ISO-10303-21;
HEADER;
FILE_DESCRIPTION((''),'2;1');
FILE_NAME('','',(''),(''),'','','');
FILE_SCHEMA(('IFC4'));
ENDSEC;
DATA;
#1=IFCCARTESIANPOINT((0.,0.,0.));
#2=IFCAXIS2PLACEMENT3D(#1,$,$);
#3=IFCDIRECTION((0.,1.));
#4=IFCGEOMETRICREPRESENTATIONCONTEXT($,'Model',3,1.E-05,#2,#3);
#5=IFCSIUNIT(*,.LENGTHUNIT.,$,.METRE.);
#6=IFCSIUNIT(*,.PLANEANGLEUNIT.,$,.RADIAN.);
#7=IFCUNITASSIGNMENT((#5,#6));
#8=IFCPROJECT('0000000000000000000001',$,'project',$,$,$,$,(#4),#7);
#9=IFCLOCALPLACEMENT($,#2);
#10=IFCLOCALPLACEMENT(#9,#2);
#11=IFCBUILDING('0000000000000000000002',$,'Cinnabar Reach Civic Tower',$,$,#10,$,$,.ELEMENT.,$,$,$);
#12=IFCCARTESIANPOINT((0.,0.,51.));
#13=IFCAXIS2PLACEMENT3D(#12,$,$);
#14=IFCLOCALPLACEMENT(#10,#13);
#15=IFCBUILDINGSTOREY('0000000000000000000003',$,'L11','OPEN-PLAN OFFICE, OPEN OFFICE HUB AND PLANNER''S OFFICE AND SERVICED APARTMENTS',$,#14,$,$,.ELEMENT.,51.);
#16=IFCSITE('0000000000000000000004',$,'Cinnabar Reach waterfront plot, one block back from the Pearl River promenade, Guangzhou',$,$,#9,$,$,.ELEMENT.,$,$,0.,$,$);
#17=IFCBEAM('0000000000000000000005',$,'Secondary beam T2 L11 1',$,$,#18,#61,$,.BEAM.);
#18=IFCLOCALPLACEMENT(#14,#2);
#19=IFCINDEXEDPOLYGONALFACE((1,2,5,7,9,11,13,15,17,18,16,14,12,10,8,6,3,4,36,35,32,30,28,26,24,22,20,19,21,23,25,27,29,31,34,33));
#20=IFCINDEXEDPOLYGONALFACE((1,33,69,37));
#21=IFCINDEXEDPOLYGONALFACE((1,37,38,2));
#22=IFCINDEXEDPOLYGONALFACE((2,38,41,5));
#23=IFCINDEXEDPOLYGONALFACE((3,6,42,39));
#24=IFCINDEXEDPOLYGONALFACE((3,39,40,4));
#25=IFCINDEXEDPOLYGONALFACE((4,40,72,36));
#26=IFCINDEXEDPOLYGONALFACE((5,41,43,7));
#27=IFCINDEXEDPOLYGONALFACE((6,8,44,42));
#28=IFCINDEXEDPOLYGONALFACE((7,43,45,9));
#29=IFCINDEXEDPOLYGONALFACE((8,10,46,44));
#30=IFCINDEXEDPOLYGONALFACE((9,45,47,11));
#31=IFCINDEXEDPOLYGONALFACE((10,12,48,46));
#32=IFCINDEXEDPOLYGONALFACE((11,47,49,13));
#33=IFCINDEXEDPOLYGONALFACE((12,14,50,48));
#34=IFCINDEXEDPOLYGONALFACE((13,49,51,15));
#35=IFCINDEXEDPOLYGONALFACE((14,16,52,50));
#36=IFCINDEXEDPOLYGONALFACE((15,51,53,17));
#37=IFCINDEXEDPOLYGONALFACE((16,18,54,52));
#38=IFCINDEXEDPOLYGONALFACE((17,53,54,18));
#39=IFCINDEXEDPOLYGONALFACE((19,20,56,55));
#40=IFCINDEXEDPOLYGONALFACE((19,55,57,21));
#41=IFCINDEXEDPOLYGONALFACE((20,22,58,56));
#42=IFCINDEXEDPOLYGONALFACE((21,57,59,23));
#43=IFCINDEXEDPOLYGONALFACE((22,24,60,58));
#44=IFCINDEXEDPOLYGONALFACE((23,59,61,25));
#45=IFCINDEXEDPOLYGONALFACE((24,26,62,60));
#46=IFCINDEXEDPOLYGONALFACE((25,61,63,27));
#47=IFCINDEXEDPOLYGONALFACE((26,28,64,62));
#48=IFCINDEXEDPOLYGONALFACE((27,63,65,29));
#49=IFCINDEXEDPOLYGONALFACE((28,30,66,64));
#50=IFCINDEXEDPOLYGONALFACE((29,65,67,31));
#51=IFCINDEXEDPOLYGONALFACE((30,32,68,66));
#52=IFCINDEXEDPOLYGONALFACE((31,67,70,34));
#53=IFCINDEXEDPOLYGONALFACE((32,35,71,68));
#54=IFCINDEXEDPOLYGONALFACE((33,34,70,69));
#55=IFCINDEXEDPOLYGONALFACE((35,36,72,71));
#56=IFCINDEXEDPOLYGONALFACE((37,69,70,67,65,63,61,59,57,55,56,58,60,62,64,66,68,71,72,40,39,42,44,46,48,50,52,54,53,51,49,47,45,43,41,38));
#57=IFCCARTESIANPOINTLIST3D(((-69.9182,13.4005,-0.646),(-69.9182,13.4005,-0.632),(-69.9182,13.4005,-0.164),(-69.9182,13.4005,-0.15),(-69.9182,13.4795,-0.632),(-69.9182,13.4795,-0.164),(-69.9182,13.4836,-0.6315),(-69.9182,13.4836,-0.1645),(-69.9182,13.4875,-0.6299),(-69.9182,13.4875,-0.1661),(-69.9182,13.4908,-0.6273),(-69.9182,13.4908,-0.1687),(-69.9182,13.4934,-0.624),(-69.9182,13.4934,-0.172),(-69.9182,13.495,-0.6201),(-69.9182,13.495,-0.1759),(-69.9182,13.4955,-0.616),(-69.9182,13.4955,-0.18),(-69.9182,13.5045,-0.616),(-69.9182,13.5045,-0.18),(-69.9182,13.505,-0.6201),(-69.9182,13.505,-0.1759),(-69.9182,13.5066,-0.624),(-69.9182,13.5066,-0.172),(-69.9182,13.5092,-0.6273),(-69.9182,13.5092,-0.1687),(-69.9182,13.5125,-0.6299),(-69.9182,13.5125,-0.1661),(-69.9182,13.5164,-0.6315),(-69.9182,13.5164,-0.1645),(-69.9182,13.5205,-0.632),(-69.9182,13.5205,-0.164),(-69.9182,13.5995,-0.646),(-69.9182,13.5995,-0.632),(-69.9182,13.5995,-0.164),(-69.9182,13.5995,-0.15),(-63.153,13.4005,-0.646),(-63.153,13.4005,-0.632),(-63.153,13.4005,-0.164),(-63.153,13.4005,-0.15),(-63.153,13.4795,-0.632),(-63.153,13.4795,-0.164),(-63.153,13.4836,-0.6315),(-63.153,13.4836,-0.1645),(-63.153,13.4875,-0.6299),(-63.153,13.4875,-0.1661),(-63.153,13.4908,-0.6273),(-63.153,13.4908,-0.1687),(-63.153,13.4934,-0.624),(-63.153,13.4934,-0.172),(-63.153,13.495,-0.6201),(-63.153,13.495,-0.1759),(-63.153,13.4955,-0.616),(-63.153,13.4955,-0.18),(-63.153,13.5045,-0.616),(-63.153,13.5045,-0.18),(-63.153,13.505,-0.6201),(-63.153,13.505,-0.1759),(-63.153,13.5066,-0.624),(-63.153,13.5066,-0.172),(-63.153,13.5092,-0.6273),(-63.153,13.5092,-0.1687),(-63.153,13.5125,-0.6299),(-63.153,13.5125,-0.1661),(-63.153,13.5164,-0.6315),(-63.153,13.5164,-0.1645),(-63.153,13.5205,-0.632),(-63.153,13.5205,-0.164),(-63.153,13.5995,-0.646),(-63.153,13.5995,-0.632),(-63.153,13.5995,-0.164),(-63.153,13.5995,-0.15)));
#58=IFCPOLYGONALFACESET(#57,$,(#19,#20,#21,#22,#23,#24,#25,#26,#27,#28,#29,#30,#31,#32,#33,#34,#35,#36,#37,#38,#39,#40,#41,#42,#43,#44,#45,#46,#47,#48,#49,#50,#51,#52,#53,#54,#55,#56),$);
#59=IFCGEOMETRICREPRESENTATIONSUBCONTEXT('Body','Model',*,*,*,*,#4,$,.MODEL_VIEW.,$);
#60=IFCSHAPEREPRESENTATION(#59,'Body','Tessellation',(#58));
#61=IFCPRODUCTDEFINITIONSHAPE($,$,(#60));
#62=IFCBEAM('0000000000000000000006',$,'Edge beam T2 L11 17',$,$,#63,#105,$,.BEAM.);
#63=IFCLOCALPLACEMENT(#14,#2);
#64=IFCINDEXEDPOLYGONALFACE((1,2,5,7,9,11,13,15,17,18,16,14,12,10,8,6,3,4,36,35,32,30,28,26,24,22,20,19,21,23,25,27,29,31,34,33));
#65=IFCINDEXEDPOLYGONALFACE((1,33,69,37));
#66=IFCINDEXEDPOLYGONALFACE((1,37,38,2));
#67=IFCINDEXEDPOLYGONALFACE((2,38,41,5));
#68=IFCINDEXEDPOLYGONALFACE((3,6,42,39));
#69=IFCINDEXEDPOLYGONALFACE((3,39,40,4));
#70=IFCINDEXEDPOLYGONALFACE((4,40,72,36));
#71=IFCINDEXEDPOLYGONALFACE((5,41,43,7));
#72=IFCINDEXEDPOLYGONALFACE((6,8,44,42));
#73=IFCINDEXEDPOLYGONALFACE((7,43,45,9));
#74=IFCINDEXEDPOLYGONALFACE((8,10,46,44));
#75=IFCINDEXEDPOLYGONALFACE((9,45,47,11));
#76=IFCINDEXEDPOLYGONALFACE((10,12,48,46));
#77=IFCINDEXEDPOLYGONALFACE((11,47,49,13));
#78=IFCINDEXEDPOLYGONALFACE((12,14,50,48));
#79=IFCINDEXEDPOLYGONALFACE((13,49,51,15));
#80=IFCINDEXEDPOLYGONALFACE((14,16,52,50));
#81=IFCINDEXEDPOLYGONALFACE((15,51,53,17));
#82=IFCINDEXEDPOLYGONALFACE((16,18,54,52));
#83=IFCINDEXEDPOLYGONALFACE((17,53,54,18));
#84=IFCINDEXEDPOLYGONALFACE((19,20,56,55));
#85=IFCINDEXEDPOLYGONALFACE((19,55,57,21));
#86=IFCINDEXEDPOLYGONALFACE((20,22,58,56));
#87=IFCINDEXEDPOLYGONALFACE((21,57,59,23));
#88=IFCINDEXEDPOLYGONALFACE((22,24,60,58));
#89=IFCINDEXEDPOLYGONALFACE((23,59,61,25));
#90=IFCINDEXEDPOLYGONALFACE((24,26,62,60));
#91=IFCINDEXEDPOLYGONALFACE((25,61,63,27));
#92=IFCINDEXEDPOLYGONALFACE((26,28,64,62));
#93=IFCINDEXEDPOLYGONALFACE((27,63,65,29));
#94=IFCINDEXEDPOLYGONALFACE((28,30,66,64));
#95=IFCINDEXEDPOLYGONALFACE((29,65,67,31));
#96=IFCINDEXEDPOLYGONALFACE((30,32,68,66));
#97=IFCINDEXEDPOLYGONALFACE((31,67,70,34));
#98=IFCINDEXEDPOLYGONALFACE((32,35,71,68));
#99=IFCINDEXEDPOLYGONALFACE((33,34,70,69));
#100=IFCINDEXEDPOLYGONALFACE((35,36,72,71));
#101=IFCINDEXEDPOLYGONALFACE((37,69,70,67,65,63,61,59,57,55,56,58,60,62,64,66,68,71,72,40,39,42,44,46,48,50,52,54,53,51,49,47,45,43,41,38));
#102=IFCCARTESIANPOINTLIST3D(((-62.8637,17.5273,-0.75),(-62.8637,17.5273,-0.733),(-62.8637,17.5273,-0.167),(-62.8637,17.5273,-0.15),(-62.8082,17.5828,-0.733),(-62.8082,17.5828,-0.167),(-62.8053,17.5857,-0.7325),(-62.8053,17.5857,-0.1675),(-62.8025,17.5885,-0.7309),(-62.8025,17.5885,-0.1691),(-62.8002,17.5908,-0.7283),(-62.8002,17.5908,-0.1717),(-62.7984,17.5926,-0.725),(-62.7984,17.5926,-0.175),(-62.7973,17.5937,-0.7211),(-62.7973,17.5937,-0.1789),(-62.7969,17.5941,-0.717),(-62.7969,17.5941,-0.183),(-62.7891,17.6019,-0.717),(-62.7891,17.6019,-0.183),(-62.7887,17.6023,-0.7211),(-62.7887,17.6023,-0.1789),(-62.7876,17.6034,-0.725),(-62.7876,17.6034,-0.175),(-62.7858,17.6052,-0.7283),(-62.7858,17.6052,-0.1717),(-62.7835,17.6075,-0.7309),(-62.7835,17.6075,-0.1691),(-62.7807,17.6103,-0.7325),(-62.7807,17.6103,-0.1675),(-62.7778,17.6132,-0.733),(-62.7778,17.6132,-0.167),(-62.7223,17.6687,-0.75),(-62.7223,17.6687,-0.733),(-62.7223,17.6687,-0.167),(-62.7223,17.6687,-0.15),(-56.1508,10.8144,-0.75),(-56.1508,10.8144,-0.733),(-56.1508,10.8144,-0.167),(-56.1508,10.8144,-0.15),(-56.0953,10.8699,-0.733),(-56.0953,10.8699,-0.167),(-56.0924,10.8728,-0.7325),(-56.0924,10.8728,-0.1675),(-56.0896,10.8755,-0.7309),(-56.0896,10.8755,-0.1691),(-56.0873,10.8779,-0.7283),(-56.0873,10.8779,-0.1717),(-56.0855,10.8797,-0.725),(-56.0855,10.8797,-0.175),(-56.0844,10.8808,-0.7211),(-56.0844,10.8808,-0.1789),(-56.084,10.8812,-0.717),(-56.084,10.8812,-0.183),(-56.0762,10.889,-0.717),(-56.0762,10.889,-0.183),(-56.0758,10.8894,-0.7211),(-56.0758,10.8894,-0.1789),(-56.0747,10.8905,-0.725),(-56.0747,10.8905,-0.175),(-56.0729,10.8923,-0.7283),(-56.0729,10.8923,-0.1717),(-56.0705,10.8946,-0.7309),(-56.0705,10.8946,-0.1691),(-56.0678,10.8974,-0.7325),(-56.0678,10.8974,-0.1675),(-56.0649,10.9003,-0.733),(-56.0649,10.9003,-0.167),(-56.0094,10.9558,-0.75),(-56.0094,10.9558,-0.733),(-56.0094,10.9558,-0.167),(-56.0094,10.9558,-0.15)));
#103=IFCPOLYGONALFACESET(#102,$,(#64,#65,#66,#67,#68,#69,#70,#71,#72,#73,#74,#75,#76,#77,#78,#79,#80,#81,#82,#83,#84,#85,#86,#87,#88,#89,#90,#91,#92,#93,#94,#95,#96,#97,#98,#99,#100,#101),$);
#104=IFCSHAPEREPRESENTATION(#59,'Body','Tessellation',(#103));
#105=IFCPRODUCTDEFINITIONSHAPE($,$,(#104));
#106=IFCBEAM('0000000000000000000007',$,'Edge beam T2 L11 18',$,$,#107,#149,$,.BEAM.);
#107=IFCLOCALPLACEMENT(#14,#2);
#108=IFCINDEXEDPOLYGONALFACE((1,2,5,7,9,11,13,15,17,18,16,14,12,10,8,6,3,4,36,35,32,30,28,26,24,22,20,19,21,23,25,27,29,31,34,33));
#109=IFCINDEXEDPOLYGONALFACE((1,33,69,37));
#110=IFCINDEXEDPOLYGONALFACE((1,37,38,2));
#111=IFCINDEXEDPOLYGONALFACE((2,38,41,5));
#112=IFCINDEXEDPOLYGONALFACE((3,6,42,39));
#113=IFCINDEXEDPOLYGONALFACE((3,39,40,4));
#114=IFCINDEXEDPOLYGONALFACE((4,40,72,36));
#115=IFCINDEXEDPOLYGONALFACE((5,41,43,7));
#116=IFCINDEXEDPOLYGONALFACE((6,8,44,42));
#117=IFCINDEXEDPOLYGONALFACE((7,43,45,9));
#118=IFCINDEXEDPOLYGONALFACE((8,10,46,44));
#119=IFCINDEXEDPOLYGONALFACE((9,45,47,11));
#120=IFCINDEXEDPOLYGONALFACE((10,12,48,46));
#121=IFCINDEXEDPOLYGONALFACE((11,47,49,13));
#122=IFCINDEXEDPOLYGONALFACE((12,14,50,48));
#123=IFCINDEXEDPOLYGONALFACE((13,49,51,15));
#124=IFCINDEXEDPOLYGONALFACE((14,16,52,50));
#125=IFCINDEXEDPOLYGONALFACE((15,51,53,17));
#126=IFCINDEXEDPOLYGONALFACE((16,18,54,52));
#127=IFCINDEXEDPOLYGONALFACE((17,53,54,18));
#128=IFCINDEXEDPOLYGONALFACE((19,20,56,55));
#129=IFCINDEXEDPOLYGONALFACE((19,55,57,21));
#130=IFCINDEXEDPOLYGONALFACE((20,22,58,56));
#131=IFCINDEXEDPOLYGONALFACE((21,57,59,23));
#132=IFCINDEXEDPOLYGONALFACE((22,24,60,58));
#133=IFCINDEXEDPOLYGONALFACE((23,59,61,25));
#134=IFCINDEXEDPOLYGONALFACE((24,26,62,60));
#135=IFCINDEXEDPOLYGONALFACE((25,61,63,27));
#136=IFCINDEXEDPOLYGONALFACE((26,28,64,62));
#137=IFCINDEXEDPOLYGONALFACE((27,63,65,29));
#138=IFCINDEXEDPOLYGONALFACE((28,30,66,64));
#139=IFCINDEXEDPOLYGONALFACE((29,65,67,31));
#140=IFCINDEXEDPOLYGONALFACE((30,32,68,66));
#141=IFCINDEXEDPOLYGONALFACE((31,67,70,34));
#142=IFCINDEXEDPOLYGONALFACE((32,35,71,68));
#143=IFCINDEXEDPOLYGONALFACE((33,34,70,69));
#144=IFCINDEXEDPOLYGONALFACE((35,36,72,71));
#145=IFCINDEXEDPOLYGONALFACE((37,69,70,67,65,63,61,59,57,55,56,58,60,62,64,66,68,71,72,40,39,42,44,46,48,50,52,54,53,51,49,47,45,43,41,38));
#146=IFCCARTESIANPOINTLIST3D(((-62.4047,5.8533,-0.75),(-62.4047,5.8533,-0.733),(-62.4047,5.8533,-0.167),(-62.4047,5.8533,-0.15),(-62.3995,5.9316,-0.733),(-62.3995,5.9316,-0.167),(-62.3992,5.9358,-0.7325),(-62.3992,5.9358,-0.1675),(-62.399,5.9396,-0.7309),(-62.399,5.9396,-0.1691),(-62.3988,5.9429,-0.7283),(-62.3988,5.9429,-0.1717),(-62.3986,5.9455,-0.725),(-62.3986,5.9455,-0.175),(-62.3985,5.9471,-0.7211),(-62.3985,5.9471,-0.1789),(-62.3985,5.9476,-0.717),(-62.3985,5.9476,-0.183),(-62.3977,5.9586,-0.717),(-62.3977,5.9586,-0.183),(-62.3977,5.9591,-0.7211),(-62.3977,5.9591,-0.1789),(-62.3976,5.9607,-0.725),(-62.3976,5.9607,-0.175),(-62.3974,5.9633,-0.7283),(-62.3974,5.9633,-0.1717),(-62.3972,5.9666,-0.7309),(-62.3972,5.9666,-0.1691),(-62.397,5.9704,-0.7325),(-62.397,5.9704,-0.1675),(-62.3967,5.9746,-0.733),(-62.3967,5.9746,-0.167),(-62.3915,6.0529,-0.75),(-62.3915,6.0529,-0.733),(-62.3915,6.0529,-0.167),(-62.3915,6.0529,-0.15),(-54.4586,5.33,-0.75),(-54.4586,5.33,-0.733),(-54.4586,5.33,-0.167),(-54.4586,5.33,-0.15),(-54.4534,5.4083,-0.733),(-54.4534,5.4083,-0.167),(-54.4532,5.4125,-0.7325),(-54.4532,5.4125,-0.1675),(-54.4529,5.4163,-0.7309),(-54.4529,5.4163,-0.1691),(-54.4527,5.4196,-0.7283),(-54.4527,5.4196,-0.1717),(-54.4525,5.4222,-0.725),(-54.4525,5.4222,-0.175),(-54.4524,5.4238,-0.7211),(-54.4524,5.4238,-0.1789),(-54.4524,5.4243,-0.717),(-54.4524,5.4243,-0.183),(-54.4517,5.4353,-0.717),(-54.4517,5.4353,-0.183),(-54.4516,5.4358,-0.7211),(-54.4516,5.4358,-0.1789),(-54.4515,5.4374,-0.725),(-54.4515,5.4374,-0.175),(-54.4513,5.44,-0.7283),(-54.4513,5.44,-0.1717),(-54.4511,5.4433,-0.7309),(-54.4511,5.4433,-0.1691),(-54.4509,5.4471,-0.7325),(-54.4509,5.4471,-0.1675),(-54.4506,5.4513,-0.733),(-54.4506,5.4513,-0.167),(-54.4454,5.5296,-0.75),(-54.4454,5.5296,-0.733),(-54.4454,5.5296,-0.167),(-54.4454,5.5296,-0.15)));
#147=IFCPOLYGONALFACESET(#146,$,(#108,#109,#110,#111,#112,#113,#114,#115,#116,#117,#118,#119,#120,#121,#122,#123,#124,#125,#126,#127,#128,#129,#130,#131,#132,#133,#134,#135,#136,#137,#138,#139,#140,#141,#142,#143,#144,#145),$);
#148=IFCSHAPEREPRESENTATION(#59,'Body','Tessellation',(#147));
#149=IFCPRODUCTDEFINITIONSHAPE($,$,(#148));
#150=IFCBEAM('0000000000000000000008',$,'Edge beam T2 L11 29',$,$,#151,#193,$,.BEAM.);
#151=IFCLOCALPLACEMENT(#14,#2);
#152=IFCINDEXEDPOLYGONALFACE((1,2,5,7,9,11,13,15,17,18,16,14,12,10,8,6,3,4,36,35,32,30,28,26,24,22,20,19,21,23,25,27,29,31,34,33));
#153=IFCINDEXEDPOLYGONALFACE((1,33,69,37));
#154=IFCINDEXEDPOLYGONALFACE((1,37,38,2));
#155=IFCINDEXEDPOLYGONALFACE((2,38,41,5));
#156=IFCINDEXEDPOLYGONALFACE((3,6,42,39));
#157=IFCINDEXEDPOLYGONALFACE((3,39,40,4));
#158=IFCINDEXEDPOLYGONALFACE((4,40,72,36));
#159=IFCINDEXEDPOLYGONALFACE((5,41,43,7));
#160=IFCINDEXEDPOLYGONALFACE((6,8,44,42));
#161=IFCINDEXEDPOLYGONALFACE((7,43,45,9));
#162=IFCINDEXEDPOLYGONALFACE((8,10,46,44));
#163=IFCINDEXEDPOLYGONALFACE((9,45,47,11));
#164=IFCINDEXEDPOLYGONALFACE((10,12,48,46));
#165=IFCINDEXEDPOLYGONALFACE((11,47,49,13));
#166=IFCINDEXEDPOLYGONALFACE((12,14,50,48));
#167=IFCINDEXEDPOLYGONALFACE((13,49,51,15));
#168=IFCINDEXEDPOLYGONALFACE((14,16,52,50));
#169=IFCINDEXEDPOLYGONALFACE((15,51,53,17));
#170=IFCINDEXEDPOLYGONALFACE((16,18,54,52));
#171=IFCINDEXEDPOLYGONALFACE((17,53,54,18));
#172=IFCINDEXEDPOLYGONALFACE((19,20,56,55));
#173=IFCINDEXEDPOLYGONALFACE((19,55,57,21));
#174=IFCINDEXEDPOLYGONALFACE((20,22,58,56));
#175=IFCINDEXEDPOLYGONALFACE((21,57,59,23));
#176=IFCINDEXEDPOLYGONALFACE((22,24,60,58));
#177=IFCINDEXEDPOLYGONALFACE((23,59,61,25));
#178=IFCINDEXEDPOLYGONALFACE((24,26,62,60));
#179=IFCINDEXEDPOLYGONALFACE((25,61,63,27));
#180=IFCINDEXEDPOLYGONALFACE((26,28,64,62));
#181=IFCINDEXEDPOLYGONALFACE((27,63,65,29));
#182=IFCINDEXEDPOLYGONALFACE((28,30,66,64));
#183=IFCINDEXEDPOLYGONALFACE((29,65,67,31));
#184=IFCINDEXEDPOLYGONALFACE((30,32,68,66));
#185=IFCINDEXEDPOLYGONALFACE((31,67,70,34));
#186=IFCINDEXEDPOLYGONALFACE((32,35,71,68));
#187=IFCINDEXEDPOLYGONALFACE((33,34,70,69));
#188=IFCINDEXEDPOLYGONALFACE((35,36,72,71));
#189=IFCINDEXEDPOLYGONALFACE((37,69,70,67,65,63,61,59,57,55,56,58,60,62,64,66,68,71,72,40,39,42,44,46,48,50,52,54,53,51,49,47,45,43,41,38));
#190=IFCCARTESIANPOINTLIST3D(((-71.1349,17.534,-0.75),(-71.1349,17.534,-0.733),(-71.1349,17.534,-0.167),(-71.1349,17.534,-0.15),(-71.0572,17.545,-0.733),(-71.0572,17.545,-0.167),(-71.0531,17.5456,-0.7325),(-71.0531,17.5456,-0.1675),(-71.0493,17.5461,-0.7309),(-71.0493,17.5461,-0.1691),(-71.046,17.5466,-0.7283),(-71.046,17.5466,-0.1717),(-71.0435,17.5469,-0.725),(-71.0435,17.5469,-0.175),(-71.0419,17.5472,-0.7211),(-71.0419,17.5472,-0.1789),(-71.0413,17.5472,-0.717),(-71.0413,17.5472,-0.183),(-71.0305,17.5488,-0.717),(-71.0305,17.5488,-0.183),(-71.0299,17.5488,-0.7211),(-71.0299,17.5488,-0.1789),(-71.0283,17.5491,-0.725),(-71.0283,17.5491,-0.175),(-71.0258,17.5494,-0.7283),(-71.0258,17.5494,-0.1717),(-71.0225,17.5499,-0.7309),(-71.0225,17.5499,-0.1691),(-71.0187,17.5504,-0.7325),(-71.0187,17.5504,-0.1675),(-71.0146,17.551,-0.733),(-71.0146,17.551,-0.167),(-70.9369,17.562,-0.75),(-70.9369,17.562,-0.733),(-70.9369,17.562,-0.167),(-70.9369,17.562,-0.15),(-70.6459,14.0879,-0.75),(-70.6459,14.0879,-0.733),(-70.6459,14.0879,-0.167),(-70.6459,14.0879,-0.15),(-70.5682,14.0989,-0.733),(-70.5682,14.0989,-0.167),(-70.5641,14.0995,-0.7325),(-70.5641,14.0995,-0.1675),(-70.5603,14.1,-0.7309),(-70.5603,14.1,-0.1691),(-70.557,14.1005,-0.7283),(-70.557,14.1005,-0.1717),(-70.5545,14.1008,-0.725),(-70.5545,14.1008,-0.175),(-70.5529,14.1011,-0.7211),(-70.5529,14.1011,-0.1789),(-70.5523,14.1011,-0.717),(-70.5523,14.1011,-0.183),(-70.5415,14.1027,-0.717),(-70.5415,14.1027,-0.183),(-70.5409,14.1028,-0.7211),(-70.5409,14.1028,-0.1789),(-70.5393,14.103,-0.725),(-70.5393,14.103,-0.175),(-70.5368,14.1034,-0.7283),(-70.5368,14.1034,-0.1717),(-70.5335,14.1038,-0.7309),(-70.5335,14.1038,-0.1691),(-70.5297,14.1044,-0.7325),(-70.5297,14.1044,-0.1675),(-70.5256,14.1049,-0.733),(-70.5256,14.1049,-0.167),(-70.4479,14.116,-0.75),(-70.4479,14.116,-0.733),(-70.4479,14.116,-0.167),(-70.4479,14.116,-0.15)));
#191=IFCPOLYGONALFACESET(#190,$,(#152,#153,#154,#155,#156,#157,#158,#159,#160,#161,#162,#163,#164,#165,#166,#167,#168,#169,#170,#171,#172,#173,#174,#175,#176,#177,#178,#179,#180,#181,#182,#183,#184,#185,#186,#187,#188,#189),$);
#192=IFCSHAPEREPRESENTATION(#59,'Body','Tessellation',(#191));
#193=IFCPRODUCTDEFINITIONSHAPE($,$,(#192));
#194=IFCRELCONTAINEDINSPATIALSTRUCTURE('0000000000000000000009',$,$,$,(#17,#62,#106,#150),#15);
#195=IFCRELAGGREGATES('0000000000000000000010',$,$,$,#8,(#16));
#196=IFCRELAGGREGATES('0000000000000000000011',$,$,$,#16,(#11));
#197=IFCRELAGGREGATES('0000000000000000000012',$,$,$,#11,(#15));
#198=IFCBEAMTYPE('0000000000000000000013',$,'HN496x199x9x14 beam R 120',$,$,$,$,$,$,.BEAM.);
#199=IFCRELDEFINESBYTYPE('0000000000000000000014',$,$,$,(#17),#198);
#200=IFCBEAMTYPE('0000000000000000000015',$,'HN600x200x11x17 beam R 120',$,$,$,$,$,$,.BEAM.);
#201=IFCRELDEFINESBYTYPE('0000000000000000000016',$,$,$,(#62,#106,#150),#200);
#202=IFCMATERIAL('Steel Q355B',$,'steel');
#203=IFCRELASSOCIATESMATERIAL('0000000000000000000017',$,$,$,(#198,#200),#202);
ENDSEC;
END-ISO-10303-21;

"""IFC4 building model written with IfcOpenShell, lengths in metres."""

from ifc_helpers import new_model, si_unit, direction, frame, origin, origin_2d, place, context, subcontext, project, spatial, i_section, extrude, material, material_profile, profile_set, type_object, element, save


model = new_model("IFC4")

# Units and contexts
model_context = context("Model", 3, precision=1e-05, world=origin(), true_north=direction((0.0, 1.0)))
body_context = subcontext(model_context, "Body", "Model", "MODEL_VIEW")
ifc_project = project(units=[si_unit("LENGTHUNIT", "METRE"), si_unit("PLANEANGLEUNIT", "RADIAN")], contexts=[model_context])

# Site, building, storey
site_placement = place(None, origin())
site = spatial("IfcSite", under=ifc_project, at=site_placement, Name="Cinnabar Reach waterfront plot, one block back from the Pearl River promenade, Guangzhou", CompositionType="ELEMENT", RefElevation=0.0)
building_placement = place(site_placement, origin())
building = spatial("IfcBuilding", under=site, at=building_placement, Name="Cinnabar Reach Civic Tower", CompositionType="ELEMENT")
storey_placement = place(building_placement, frame((0.0, 0.0, 51.0)))
storey = spatial("IfcBuildingStorey", under=building, at=storey_placement, Name="L11", Description="OPEN-PLAN OFFICE, OPEN OFFICE HUB AND PLANNER'S OFFICE AND SERVICED APARTMENTS", CompositionType="ELEMENT", Elevation=51.0)

# Beams
ifc_material_1 = material(Name="Steel Q355B", Category="steel")
ifc_material_profile_1 = material_profile(ifc_material_1, i_section(OverallWidth=0.199, OverallDepth=0.496, WebThickness=0.009, FlangeThickness=0.014, FilletRadius=0.016, at=origin_2d()), Name="HN496x199x9x14")
ifc_profile_set_1 = profile_set([ifc_material_profile_1], Name="Steel Q355B")
beam_type_1 = type_object("IfcBeamType", Name="HN496x199x9x14 beam R 120", PredefinedType="BEAM", material=ifc_profile_set_1)
beam_1_placement = place(storey_placement, frame((-69.9182, 13.5, -0.398), z_axis=(1.0, 0.0, 0.0), x_axis=(0.0, 1.0, 0.0)))
element("IfcBeam", 1, at=beam_1_placement, inside=storey, type_object=beam_type_1, Name="Secondary beam T2 L11 1", PredefinedType="BEAM", context=body_context, shape_type="SweptSolid", body=[
    extrude(i_section(OverallWidth=0.199, OverallDepth=0.496, WebThickness=0.009, FlangeThickness=0.014, FilletRadius=0.016, at=origin_2d()), origin(), (0.0, 0.0, 1.0), 6.7652),
])
ifc_material_profile_2 = material_profile(ifc_material_1, i_section(OverallWidth=0.2, OverallDepth=0.6, WebThickness=0.011, FlangeThickness=0.017, FilletRadius=0.016, at=origin_2d()), Name="HN600x200x11x17")
ifc_profile_set_2 = profile_set([ifc_material_profile_2], Name="Steel Q355B")
beam_type_2 = type_object("IfcBeamType", Name="HN600x200x11x17 beam R 120", PredefinedType="BEAM", material=ifc_profile_set_2)
beam_2_placement = place(storey_placement, frame((-62.793, 17.598, -0.45), z_axis=(0.707107, -0.707107, 0.0), x_axis=(0.707107, 0.707107, 0.0)))
element("IfcBeam", 2, at=beam_2_placement, inside=storey, type_object=beam_type_2, Name="Edge beam T2 L11 17", PredefinedType="BEAM", context=body_context, shape_type="SweptSolid", body=[
    extrude(i_section(OverallWidth=0.2, OverallDepth=0.6, WebThickness=0.011, FlangeThickness=0.017, FilletRadius=0.016, at=origin_2d()), origin(), (0.0, 0.0, 1.0), 9.4935),
])
beam_3_placement = place(storey_placement, frame((-62.3981, 5.9531, -0.45), z_axis=(0.997839, -0.065714, 0.0), x_axis=(0.065714, 0.997839, 0.0)))
element("IfcBeam", 3, at=beam_3_placement, inside=storey, type_object=beam_type_2, Name="Edge beam T2 L11 18", PredefinedType="BEAM", context=body_context, shape_type="SweptSolid", body=[
    extrude(i_section(OverallWidth=0.2, OverallDepth=0.6, WebThickness=0.011, FlangeThickness=0.017, FilletRadius=0.016, at=origin_2d()), origin(), (0.0, 0.0, 1.0), 7.9633),
])
beam_4_placement = place(storey_placement, frame((-71.0359, 17.548, -0.45), z_axis=(0.140492, -0.990082, 0.0), x_axis=(0.990082, 0.140492, 0.0)))
element("IfcBeam", 4, at=beam_4_placement, inside=storey, type_object=beam_type_2, Name="Edge beam T2 L11 29", PredefinedType="BEAM", context=body_context, shape_type="SweptSolid", body=[
    extrude(i_section(OverallWidth=0.2, OverallDepth=0.6, WebThickness=0.011, FlangeThickness=0.017, FilletRadius=0.016, at=origin_2d()), origin(), (0.0, 0.0, 1.0), 3.4806),
])

save(model, "model.ifc")
